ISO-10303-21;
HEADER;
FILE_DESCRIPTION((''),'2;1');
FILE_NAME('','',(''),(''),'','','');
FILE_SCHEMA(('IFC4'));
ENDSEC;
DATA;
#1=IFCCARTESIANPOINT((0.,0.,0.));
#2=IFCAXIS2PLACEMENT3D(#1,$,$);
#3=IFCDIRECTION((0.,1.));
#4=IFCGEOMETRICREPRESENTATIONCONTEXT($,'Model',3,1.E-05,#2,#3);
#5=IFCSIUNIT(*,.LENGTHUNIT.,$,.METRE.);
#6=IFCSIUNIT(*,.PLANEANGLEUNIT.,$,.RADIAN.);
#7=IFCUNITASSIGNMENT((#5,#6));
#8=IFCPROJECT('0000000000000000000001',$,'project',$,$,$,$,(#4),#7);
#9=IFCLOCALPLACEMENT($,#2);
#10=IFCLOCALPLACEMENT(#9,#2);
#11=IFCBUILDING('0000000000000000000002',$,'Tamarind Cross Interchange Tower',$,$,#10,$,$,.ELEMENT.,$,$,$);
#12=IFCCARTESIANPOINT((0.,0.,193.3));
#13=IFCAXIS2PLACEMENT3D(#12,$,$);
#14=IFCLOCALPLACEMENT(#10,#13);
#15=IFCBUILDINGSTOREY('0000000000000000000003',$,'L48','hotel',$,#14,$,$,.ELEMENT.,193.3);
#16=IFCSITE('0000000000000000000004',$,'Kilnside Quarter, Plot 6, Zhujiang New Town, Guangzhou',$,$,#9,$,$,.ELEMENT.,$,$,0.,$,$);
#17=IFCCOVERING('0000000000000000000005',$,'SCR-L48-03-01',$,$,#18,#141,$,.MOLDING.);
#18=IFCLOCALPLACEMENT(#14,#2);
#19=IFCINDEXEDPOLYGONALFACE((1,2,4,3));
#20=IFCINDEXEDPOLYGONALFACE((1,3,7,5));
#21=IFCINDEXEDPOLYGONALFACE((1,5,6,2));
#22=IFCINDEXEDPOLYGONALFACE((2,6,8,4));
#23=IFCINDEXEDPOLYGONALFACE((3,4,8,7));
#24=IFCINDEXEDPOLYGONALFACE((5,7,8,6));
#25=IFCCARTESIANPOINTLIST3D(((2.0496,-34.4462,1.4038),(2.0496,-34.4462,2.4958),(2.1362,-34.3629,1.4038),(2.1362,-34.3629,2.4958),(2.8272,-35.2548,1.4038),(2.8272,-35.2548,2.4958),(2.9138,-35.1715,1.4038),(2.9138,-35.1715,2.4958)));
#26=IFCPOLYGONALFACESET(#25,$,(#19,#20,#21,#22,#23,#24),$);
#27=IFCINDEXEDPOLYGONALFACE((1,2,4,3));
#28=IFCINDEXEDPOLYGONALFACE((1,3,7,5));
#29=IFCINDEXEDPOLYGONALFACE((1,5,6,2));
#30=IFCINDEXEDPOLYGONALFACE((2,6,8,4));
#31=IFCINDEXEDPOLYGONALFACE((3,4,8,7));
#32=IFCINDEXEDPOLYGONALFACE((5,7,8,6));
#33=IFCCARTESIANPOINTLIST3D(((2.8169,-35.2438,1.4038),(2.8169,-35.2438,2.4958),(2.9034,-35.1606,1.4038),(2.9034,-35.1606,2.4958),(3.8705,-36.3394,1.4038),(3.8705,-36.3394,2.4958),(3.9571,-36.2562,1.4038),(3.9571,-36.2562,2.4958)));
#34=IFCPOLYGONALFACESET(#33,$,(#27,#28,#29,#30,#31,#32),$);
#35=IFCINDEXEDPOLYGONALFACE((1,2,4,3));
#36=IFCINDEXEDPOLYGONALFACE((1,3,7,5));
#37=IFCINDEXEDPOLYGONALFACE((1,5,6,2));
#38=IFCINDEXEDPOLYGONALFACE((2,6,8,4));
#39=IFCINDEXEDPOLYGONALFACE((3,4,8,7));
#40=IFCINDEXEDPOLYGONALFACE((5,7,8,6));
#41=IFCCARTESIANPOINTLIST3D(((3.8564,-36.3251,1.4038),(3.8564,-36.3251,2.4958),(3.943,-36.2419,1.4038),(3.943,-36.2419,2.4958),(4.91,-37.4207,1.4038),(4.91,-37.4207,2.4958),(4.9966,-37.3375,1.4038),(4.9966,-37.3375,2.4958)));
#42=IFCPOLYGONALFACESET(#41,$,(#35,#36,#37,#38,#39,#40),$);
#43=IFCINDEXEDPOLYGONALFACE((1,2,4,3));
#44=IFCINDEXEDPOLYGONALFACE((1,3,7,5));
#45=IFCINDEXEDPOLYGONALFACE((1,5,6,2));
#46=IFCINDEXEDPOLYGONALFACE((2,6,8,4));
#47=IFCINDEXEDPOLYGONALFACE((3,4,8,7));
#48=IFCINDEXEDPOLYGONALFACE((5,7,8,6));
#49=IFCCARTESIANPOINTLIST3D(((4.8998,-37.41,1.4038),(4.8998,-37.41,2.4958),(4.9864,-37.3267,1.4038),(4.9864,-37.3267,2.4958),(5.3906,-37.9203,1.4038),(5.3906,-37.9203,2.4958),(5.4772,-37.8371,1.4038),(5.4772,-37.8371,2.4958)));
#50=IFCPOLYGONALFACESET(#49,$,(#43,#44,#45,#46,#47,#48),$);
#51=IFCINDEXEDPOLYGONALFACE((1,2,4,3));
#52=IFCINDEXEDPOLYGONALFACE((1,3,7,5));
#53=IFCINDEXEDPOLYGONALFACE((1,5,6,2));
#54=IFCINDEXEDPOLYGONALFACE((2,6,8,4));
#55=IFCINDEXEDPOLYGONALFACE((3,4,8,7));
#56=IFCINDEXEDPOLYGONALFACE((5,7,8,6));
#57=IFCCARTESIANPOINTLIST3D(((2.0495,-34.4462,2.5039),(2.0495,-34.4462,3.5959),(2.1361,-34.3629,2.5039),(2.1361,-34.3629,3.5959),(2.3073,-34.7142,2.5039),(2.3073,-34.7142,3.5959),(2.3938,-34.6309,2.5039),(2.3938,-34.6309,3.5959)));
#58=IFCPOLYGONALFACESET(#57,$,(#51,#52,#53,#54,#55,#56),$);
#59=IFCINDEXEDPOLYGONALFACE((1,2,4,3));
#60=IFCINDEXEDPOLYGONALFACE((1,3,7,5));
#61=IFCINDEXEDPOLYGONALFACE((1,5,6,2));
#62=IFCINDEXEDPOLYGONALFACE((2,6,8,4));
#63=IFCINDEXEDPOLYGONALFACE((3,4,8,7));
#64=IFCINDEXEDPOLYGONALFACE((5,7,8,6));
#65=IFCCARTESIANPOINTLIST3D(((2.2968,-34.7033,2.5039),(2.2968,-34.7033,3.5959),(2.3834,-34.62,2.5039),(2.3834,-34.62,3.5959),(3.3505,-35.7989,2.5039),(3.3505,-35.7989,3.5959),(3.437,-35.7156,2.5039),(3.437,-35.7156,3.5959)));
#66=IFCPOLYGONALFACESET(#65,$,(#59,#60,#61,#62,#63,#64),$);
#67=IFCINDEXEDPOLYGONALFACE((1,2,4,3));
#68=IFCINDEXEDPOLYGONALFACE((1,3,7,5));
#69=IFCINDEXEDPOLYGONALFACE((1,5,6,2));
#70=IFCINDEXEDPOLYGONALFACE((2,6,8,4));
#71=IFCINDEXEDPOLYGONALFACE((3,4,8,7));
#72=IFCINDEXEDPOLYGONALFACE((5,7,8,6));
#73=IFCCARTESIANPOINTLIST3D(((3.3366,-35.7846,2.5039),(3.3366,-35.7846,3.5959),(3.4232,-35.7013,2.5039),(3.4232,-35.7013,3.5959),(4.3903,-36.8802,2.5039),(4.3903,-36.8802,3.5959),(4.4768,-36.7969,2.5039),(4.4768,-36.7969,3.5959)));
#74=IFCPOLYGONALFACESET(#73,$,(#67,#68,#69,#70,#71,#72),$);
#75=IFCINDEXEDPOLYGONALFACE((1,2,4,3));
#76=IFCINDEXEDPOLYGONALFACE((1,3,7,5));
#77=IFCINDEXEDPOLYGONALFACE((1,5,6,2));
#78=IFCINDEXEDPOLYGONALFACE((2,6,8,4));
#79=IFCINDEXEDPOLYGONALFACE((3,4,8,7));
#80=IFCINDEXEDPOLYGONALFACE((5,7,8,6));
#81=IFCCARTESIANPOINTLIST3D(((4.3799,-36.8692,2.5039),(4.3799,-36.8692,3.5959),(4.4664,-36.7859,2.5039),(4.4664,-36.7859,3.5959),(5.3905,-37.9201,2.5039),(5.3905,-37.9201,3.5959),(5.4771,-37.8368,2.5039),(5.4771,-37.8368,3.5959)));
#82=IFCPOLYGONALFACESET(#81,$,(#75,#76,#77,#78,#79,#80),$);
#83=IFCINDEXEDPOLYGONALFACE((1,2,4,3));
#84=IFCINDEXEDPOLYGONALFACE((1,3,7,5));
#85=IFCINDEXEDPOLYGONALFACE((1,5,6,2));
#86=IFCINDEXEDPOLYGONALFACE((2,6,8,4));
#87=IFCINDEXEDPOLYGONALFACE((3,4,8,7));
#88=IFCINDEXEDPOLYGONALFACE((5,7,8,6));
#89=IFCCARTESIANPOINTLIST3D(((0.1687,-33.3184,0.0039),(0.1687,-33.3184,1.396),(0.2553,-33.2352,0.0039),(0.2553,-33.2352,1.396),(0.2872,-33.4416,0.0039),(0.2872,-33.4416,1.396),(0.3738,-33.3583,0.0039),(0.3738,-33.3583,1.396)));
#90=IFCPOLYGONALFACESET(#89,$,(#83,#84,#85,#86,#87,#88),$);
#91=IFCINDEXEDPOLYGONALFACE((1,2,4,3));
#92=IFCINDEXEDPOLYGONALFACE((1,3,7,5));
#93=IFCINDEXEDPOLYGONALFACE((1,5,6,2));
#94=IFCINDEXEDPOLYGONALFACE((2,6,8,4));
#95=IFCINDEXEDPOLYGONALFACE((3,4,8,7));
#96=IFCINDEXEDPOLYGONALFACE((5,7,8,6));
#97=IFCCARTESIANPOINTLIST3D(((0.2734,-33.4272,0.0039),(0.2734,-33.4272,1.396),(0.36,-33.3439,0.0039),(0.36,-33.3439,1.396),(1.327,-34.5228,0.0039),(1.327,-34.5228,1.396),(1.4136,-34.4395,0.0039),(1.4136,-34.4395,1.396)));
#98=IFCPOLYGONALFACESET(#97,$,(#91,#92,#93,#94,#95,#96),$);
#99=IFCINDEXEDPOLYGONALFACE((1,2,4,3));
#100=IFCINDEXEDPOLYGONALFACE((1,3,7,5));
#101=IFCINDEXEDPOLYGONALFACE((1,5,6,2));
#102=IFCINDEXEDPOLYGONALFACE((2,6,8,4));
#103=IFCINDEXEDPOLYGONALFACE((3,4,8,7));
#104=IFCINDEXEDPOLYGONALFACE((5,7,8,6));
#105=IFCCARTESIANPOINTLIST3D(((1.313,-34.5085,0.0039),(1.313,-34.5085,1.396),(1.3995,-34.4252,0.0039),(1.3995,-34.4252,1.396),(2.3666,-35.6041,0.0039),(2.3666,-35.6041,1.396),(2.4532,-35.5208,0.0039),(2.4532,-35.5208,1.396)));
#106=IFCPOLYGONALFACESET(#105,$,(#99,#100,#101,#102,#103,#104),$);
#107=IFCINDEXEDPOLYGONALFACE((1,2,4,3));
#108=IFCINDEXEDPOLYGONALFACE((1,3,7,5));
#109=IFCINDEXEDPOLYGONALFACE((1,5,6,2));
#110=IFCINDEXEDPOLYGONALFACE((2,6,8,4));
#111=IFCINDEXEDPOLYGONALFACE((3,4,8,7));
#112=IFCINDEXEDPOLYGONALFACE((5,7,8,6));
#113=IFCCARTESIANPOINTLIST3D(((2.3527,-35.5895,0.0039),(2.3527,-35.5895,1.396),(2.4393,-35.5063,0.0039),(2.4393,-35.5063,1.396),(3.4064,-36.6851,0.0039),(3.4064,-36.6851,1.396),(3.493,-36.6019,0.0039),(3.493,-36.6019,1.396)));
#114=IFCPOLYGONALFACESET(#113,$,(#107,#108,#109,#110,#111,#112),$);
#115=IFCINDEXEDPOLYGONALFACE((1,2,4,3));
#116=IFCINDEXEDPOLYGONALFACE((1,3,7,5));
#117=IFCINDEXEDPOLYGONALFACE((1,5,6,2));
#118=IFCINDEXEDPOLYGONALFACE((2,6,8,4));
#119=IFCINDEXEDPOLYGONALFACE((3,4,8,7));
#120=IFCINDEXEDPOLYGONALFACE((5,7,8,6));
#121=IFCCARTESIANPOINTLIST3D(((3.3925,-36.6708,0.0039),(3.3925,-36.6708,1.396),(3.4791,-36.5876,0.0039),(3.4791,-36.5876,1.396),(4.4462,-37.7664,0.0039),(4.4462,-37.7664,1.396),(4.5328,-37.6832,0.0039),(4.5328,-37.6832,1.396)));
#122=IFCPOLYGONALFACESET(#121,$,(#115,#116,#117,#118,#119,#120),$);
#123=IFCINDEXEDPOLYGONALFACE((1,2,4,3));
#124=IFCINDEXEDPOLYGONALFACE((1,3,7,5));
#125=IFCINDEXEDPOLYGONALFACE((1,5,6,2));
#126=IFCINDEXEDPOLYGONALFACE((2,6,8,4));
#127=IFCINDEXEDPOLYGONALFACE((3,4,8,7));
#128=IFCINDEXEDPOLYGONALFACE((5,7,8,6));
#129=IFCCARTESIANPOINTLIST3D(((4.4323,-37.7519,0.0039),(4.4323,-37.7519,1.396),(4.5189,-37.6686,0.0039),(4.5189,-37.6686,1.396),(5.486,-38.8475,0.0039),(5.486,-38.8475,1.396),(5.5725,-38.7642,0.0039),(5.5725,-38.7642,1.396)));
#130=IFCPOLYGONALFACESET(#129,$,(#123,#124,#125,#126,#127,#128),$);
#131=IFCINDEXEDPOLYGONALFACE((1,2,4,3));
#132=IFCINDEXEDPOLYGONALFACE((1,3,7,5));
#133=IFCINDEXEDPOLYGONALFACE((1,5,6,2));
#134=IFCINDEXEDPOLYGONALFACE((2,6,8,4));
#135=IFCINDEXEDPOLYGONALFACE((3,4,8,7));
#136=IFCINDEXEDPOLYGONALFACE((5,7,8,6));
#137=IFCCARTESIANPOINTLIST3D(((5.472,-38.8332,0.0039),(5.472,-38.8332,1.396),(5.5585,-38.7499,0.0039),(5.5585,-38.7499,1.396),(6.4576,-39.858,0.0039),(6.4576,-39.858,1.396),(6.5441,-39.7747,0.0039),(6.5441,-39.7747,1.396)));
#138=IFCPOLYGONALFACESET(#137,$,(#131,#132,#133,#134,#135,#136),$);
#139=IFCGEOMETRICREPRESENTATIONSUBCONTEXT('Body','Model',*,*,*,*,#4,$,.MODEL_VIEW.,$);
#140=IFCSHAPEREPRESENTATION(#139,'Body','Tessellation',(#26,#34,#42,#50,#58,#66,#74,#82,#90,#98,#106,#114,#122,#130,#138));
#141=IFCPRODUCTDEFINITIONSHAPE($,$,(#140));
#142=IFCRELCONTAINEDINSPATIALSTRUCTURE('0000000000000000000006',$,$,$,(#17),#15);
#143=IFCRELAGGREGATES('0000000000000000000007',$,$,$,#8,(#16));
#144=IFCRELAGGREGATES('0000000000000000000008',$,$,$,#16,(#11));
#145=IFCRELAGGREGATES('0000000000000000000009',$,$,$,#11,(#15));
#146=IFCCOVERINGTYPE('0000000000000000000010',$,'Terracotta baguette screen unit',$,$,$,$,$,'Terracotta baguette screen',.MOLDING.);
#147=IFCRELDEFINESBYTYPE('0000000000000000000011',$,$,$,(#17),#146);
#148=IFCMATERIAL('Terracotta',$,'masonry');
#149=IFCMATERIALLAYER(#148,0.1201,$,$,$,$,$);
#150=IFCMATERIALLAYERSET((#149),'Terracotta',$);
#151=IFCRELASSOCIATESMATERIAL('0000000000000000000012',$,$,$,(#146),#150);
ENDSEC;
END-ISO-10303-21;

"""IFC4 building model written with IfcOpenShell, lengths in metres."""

from ifc_helpers import new_model, si_unit, direction, frame, origin, origin_2d, place, context, subcontext, project, spatial, rectangle, extrude, material, layer, layer_set, type_object, element, save


model = new_model("IFC4")

# Units and contexts
model_context = context("Model", 3, precision=1e-05, world=origin(), true_north=direction((0.0, 1.0)))
body_context = subcontext(model_context, "Body", "Model", "MODEL_VIEW")
ifc_project = project(units=[si_unit("LENGTHUNIT", "METRE"), si_unit("PLANEANGLEUNIT", "RADIAN")], contexts=[model_context])

# Site, building, storey
site_placement = place(None, origin())
site = spatial("IfcSite", under=ifc_project, at=site_placement, Name="Kilnside Quarter, Plot 6, Zhujiang New Town, Guangzhou", CompositionType="ELEMENT", RefElevation=0.0)
building_placement = place(site_placement, origin())
building = spatial("IfcBuilding", under=site, at=building_placement, Name="Tamarind Cross Interchange Tower", CompositionType="ELEMENT")
storey_placement = place(building_placement, frame((0.0, 0.0, 193.3)))
storey = spatial("IfcBuildingStorey", under=building, at=storey_placement, Name="L48", Description="hotel", CompositionType="ELEMENT", Elevation=193.3)

# Covering
ifc_material_1 = material(Name="Terracotta", Category="masonry")
ifc_layer_1 = layer(ifc_material_1, 0.1201)
ifc_layer_set_1 = layer_set([ifc_layer_1], Name="Terracotta")
covering_type = type_object("IfcCoveringType", Name="Terracotta baguette screen unit", ElementType="Terracotta baguette screen", PredefinedType="MOLDING", material=ifc_layer_set_1)
covering_1_placement = place(storey_placement, origin())
element("IfcCovering", 1, at=covering_1_placement, inside=storey, type_object=covering_type, Name="SCR-L48-03-01", PredefinedType="MOLDING", context=body_context, shape_type="SweptSolid", body=[
    extrude(rectangle(XDim=1.1218, YDim=0.1201, at=origin_2d()), frame((2.4817, -34.8088, 1.4038), z_axis=(0.0, 0.0, 1.0), x_axis=(0.69317, -0.720774, 0.0)), (0.0, 0.0, 1.0), 1.092),
    extrude(rectangle(XDim=1.52, YDim=0.1201, at=origin_2d()), frame((3.387, -35.75, 1.4038), z_axis=(0.0, 0.0, 1.0), x_axis=(0.69317, -0.720774, 0.0)), (0.0, 0.0, 1.0), 1.092),
    extrude(rectangle(XDim=1.52, YDim=0.1201, at=origin_2d()), frame((4.4265, -36.8313, 1.4038), z_axis=(0.0, 0.0, 1.0), x_axis=(0.69317, -0.720774, 0.0)), (0.0, 0.0, 1.0), 1.092),
    extrude(rectangle(XDim=0.708, YDim=0.1201, at=origin_2d()), frame((5.1885, -37.6235, 1.4038), z_axis=(0.0, 0.0, 1.0), x_axis=(0.69317, -0.720774, 0.0)), (0.0, 0.0, 1.0), 1.092),
    extrude(rectangle(XDim=0.3718, YDim=0.1201, at=origin_2d()), frame((2.2217, -34.5386, 2.5039), z_axis=(0.0, 0.0, 1.0), x_axis=(0.69317, -0.720774, 0.0)), (0.0, 0.0, 1.0), 1.092),
    extrude(rectangle(XDim=1.52, YDim=0.1201, at=origin_2d()), frame((2.8669, -35.2095, 2.5039), z_axis=(0.0, 0.0, 1.0), x_axis=(0.69317, -0.720774, 0.0)), (0.0, 0.0, 1.0), 1.092),
    extrude(rectangle(XDim=1.52, YDim=0.1201, at=origin_2d()), frame((3.9067, -36.2908, 2.5039), z_axis=(0.0, 0.0, 1.0), x_axis=(0.69317, -0.720774, 0.0)), (0.0, 0.0, 1.0), 1.092),
    extrude(rectangle(XDim=1.458, YDim=0.1201, at=origin_2d()), frame((4.9285, -37.353, 2.5039), z_axis=(0.0, 0.0, 1.0), x_axis=(0.69317, -0.720774, 0.0)), (0.0, 0.0, 1.0), 1.092),
    extrude(rectangle(XDim=0.1709, YDim=0.1201, at=origin_2d()), frame((0.2712, -33.3384, 0.0039), z_axis=(0.0, 0.0, 1.0), x_axis=(0.69317, -0.720774, 0.0)), (0.0, 0.0, 1.0), 1.3921),
    extrude(rectangle(XDim=1.52, YDim=0.1201, at=origin_2d()), frame((0.8435, -33.9333, 0.0039), z_axis=(0.0, 0.0, 1.0), x_axis=(0.69317, -0.720774, 0.0)), (0.0, 0.0, 1.0), 1.3921),
    extrude(rectangle(XDim=1.52, YDim=0.1201, at=origin_2d()), frame((1.8831, -35.0146, 0.0039), z_axis=(0.0, 0.0, 1.0), x_axis=(0.69317, -0.720774, 0.0)), (0.0, 0.0, 1.0), 1.3921),
    extrude(rectangle(XDim=1.52, YDim=0.1201, at=origin_2d()), frame((2.9229, -36.0957, 0.0039), z_axis=(0.0, 0.0, 1.0), x_axis=(0.69317, -0.720774, 0.0)), (0.0, 0.0, 1.0), 1.3921),
    extrude(rectangle(XDim=1.52, YDim=0.1201, at=origin_2d()), frame((3.9626, -37.177, 0.0039), z_axis=(0.0, 0.0, 1.0), x_axis=(0.69317, -0.720774, 0.0)), (0.0, 0.0, 1.0), 1.3921),
    extrude(rectangle(XDim=1.52, YDim=0.1201, at=origin_2d()), frame((5.0024, -38.2581, 0.0039), z_axis=(0.0, 0.0, 1.0), x_axis=(0.69317, -0.720774, 0.0)), (0.0, 0.0, 1.0), 1.3921),
    extrude(rectangle(XDim=1.4219, YDim=0.1201, at=origin_2d()), frame((6.0081, -39.304, 0.0039), z_axis=(0.0, 0.0, 1.0), x_axis=(0.69317, -0.720774, 0.0)), (0.0, 0.0, 1.0), 1.3921),
])

save(model, "model.ifc")
